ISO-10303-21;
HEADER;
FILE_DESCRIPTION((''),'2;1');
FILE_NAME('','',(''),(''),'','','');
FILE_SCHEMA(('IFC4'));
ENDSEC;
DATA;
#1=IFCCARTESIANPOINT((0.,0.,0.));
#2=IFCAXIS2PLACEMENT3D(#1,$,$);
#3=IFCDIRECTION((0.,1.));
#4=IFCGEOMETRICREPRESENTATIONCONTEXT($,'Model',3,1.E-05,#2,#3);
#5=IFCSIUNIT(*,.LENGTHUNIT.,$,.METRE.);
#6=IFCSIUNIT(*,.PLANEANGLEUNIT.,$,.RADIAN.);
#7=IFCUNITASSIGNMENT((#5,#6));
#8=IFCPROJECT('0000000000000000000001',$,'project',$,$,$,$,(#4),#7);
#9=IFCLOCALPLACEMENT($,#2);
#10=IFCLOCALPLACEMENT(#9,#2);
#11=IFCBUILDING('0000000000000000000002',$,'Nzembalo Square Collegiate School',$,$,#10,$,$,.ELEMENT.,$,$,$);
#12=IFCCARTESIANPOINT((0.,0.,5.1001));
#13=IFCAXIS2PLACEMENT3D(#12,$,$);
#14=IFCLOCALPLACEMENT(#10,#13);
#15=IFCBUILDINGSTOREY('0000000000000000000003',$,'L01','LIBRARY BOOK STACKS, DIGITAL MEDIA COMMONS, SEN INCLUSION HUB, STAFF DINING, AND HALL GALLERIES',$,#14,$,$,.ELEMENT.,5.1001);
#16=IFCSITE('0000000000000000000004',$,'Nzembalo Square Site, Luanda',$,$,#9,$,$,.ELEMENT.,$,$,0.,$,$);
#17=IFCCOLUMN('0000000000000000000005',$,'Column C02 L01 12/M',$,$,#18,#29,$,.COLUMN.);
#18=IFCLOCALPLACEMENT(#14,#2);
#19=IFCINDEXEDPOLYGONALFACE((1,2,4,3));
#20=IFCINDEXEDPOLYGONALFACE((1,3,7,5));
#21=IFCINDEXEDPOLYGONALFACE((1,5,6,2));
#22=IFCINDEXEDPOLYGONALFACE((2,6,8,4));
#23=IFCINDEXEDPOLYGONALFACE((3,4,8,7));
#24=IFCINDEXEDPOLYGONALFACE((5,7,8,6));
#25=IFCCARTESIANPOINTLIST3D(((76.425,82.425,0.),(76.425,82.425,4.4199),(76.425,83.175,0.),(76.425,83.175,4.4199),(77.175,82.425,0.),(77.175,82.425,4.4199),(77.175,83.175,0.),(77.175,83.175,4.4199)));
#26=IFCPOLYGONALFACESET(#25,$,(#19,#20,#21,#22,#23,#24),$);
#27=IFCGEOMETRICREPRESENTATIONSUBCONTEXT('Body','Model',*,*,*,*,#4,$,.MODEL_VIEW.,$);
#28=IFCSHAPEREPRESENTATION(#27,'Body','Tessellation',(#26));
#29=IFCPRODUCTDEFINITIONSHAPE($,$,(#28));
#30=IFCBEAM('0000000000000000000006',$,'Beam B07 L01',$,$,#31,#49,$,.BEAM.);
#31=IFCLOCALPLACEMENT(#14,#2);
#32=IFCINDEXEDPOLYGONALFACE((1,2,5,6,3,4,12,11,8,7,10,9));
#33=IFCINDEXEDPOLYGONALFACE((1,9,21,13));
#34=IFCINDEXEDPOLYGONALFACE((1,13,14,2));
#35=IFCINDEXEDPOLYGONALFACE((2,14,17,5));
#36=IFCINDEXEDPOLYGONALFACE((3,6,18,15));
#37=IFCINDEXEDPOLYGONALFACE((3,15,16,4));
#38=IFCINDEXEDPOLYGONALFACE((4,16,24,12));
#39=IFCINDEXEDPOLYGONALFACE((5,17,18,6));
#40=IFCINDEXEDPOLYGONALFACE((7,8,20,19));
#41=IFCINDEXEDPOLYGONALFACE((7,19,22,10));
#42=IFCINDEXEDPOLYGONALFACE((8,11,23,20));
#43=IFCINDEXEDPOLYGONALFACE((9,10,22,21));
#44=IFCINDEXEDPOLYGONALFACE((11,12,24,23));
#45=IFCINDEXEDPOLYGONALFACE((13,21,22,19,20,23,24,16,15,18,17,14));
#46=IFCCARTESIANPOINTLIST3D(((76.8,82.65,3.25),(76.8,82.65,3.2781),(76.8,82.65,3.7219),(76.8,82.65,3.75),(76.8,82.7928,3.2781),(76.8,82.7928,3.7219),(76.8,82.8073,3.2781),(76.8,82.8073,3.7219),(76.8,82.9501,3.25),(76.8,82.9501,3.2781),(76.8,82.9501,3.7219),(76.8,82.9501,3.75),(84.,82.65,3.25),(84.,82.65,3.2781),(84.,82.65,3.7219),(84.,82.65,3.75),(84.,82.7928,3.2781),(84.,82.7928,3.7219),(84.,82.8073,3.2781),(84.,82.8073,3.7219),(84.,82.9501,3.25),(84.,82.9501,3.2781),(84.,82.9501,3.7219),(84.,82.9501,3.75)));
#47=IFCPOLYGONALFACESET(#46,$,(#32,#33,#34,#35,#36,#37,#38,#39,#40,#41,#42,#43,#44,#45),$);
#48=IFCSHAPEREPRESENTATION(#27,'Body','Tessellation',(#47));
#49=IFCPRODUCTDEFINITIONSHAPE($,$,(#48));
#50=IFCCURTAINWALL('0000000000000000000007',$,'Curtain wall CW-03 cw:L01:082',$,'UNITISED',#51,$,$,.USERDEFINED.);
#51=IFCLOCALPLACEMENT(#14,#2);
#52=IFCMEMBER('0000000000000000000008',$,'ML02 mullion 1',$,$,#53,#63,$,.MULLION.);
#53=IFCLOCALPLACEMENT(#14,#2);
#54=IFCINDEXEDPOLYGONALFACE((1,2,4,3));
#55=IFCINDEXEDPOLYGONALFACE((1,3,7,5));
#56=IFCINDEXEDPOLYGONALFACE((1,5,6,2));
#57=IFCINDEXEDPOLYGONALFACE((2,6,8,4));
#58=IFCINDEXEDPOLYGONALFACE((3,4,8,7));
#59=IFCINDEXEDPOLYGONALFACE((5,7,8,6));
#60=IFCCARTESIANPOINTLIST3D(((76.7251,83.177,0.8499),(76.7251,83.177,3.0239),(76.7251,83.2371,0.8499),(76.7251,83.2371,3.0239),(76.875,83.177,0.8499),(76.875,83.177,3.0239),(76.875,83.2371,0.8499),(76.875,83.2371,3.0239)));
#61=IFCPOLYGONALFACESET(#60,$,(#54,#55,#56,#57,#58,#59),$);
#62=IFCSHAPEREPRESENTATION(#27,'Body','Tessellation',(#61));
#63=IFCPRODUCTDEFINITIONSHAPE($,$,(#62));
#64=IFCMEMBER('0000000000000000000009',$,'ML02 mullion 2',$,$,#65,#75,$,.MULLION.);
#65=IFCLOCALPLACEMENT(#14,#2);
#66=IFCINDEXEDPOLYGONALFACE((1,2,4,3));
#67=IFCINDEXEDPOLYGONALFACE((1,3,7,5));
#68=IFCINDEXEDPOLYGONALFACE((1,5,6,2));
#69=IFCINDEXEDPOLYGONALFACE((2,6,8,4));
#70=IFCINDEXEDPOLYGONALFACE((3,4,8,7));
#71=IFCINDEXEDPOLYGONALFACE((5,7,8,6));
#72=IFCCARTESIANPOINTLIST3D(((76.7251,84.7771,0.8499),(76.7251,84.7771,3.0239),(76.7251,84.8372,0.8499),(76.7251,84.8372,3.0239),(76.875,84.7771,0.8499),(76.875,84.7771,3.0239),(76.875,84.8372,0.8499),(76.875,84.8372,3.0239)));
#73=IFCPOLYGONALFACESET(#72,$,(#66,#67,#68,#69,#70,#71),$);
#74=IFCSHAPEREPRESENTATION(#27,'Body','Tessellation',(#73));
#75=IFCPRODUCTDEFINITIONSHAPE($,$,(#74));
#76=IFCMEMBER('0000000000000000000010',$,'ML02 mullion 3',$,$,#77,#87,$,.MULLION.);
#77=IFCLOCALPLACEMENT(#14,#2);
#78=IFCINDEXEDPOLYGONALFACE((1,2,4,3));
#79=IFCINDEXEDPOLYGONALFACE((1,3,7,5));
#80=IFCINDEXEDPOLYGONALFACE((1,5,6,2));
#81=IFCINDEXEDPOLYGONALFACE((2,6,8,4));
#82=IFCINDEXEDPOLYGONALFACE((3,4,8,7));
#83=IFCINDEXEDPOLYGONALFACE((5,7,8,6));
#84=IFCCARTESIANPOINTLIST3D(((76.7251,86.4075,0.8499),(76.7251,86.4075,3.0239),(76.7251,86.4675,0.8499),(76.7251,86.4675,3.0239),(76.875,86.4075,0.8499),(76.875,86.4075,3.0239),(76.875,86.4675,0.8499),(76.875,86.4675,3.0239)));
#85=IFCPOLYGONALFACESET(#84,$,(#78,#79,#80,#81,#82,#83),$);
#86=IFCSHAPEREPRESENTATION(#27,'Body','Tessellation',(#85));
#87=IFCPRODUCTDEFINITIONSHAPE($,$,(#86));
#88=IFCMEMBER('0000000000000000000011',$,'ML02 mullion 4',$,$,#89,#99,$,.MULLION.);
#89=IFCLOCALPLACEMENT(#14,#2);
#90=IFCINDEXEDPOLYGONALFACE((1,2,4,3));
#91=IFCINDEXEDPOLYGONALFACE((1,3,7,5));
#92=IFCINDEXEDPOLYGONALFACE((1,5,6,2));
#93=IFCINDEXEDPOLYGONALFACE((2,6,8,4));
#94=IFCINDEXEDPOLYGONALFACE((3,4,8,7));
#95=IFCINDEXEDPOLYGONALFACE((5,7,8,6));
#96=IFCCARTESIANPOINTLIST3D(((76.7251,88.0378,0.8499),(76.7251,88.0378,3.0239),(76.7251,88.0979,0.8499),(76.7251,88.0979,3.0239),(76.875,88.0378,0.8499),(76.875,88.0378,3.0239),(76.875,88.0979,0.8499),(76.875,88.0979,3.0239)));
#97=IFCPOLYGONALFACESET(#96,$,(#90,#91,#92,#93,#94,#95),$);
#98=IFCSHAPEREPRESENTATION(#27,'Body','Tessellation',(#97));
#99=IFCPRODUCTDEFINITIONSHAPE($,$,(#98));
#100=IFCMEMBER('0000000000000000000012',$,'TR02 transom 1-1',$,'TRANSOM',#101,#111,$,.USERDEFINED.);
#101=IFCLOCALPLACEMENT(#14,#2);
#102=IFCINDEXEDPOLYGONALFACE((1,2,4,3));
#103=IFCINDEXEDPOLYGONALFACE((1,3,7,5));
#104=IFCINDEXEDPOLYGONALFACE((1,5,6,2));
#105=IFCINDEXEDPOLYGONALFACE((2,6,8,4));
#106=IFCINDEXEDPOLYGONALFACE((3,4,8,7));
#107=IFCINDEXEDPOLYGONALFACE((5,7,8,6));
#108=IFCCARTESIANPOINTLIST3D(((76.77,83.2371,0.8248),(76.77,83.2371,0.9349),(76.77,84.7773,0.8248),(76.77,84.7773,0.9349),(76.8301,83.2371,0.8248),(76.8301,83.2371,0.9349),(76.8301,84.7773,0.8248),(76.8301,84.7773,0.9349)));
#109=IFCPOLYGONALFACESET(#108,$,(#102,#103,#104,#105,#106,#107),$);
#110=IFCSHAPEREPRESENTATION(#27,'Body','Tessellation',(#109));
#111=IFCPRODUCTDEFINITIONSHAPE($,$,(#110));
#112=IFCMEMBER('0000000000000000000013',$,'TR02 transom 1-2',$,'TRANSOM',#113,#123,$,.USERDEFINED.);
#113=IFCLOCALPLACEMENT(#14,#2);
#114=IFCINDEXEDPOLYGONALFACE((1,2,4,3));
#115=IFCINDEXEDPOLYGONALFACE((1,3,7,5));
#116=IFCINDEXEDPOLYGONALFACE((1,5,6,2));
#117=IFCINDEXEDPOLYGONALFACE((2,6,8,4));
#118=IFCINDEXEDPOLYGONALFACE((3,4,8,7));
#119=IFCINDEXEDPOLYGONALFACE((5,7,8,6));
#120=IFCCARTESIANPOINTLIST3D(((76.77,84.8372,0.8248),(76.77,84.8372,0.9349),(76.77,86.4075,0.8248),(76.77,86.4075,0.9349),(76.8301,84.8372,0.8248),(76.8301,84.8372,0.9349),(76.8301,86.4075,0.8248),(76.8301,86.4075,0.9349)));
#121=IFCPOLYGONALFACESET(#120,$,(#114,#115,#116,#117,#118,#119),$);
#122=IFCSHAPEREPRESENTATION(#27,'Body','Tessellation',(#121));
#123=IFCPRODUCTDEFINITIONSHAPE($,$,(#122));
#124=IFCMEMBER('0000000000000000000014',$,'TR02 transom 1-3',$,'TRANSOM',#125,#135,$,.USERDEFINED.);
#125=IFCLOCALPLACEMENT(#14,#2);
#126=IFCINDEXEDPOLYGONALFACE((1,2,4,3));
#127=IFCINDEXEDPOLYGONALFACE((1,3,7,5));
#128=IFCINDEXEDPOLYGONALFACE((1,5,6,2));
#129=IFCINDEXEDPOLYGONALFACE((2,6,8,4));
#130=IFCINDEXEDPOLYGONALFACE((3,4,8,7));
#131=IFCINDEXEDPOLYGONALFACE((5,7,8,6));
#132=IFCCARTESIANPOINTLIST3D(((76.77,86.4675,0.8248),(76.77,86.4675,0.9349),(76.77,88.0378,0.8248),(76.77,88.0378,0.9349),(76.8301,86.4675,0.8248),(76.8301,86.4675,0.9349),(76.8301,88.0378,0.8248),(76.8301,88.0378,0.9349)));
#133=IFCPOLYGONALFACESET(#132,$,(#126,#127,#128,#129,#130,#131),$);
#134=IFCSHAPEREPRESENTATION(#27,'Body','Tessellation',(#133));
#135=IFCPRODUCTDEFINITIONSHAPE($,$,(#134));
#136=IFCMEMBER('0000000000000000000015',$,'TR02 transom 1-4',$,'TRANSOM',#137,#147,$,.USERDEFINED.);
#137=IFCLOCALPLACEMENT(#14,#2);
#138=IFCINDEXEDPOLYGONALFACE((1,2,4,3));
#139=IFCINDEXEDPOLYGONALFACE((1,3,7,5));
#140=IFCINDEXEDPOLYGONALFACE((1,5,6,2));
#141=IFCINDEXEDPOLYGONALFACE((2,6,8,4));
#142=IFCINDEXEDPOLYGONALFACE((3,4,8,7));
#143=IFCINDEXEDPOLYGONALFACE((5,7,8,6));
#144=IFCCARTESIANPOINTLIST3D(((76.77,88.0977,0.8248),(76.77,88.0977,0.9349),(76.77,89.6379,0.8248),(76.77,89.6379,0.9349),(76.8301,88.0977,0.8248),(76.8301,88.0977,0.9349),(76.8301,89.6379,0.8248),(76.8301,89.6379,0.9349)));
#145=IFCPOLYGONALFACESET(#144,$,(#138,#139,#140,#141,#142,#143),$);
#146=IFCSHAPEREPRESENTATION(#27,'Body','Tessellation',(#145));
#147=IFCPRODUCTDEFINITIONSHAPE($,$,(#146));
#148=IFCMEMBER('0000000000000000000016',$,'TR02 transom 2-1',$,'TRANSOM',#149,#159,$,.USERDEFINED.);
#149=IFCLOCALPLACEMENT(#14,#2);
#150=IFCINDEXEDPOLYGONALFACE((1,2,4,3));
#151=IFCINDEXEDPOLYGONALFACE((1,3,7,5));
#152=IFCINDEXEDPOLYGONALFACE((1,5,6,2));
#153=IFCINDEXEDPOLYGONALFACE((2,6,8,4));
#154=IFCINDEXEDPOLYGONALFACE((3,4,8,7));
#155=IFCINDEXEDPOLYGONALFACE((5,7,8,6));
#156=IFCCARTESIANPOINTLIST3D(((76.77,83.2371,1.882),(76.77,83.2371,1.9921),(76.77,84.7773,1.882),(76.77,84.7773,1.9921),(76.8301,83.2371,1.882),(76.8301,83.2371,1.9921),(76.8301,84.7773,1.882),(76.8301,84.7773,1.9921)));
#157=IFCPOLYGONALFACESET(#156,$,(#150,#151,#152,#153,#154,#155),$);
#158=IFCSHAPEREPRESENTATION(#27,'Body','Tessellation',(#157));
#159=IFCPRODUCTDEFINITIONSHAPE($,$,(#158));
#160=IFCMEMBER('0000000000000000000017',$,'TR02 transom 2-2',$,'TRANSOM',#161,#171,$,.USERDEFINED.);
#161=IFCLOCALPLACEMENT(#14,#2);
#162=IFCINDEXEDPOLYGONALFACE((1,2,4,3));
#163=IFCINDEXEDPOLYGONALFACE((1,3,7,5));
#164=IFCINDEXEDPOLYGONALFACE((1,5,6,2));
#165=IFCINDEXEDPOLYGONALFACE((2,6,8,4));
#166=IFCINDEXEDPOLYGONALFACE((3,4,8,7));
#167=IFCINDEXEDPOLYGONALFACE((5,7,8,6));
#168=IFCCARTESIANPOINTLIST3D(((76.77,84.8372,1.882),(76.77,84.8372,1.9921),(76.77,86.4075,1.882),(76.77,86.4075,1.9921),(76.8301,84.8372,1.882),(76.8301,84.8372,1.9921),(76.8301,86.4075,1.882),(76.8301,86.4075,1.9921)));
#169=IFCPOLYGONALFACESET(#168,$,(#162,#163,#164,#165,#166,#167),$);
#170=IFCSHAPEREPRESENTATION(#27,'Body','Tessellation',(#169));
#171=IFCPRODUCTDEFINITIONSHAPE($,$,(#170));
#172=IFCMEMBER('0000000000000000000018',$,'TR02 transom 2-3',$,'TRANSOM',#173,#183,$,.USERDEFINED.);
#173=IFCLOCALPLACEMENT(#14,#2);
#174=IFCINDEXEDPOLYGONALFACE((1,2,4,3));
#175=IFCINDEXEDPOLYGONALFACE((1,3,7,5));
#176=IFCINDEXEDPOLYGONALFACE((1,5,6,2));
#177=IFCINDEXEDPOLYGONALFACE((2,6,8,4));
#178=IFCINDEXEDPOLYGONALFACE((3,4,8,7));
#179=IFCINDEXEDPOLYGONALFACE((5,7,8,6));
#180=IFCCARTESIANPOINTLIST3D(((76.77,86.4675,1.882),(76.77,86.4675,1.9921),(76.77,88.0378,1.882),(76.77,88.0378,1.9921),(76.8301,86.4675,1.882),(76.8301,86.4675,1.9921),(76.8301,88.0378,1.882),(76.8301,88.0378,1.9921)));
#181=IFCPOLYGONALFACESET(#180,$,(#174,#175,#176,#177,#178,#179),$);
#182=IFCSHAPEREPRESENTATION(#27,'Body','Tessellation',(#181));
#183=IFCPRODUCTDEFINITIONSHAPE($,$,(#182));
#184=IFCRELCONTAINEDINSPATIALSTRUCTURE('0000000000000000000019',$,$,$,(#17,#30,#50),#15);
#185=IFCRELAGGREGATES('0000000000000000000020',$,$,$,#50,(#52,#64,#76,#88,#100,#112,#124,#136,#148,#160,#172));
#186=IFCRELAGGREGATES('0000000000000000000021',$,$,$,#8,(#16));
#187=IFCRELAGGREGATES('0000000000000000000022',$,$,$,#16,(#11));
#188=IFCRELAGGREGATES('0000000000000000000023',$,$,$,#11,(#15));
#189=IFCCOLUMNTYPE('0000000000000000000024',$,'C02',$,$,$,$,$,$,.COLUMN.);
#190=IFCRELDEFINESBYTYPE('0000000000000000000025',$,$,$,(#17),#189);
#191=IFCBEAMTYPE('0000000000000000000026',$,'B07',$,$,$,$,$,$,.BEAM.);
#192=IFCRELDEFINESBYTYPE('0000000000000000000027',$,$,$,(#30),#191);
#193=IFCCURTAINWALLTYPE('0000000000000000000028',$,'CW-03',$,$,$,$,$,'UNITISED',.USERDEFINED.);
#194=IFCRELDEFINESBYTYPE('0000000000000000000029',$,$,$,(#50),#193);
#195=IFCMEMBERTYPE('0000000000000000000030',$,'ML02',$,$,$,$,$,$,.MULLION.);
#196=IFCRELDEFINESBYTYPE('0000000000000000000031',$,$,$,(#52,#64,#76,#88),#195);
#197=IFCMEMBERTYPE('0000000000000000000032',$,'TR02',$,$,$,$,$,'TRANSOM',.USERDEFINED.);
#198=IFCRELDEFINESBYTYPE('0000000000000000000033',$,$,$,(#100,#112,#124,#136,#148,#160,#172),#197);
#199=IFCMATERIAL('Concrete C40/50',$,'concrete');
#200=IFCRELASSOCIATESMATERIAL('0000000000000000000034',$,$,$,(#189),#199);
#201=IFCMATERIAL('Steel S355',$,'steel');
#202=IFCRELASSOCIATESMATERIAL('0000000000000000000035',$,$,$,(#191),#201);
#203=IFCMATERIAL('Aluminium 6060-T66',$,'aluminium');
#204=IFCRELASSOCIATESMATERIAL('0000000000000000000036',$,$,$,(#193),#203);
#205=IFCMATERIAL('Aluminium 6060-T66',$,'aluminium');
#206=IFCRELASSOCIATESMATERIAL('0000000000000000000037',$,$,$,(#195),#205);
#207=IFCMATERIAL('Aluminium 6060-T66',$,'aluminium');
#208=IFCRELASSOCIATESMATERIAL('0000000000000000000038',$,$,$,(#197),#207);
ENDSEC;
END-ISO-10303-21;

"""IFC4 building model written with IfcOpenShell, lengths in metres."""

from ifc_helpers import new_model, si_unit, direction, frame, origin, origin_2d, place, context, subcontext, project, spatial, rectangle, i_section, extrude, material, material_profile, profile_set, type_object, element, aggregate, save


model = new_model("IFC4")

# Units and contexts
model_context = context("Model", 3, precision=1e-05, world=origin(), true_north=direction((0.0, 1.0)))
body_context = subcontext(model_context, "Body", "Model", "MODEL_VIEW")
ifc_project = project(units=[si_unit("LENGTHUNIT", "METRE"), si_unit("PLANEANGLEUNIT", "RADIAN")], contexts=[model_context])

# Site, building, storey
site_placement = place(None, origin())
site = spatial("IfcSite", under=ifc_project, at=site_placement, Name="Nzembalo Square Site, Luanda", CompositionType="ELEMENT", RefElevation=0.0)
building_placement = place(site_placement, origin())
building = spatial("IfcBuilding", under=site, at=building_placement, Name="Nzembalo Square Collegiate School", CompositionType="ELEMENT")
storey_placement = place(building_placement, frame((0.0, 0.0, 5.1001)))
storey = spatial("IfcBuildingStorey", under=building, at=storey_placement, Name="L01", Description="LIBRARY BOOK STACKS, DIGITAL MEDIA COMMONS, SEN INCLUSION HUB, STAFF DINING, AND HALL GALLERIES", CompositionType="ELEMENT", Elevation=5.1001)

# Column
ifc_material_1 = material(Name="Concrete C40/50", Category="concrete")
ifc_material_profile_1 = material_profile(ifc_material_1, rectangle(XDim=0.75, YDim=0.75, at=origin_2d()), Name="RC 750x750")
ifc_profile_set_1 = profile_set([ifc_material_profile_1], Name="Concrete C40/50")
column_type = type_object("IfcColumnType", Name="C02", PredefinedType="COLUMN", material=ifc_profile_set_1)
column_placement = place(storey_placement, frame((76.8, 82.8, 0.0), z_axis=(0.0, 0.0, 1.0), x_axis=(1.0, 0.0, 0.0)))
element("IfcColumn", 1, at=column_placement, inside=storey, type_object=column_type, Name="Column C02 L01 12/M", PredefinedType="COLUMN", context=body_context, shape_type="SweptSolid", body=[
    extrude(rectangle(XDim=0.75, YDim=0.75, at=origin_2d()), origin(), (0.0, 0.0, 1.0), 4.4199),
])

# Beam
ifc_material_2 = material(Name="Steel S355", Category="steel")
ifc_material_profile_2 = material_profile(ifc_material_2, i_section(OverallWidth=0.3, OverallDepth=0.5, WebThickness=0.0144, FlangeThickness=0.0281, at=origin_2d()), Name="HEB 500")
ifc_profile_set_2 = profile_set([ifc_material_profile_2], Name="Steel S355")
beam_type = type_object("IfcBeamType", Name="B07", PredefinedType="BEAM", material=ifc_profile_set_2)
beam_placement = place(storey_placement, frame((76.8, 82.8, 3.5), z_axis=(1.0, 0.0, 0.0), x_axis=(0.0, 1.0, 0.0)))
element("IfcBeam", 2, at=beam_placement, inside=storey, type_object=beam_type, Name="Beam B07 L01", PredefinedType="BEAM", context=body_context, shape_type="SweptSolid", body=[
    extrude(i_section(OverallWidth=0.3, OverallDepth=0.5, WebThickness=0.0144, FlangeThickness=0.0281, at=origin_2d()), origin(), (0.0, 0.0, 1.0), 7.2),
])

# Curtain wall, members
ifc_material_3 = material(Name="Aluminium 6060-T66", Category="aluminium")
curtain_wall_type = type_object("IfcCurtainWallType", Name="CW-03", ElementType="UNITISED", PredefinedType="USERDEFINED", material=ifc_material_3)
curtain_wall_placement = place(storey_placement, origin())
curtain_wall = element("IfcCurtainWall", 3, at=curtain_wall_placement, inside=storey, type_object=curtain_wall_type, Name="Curtain wall CW-03 cw:L01:082", ObjectType="UNITISED", PredefinedType="USERDEFINED")
ifc_material_4 = material(Name="Aluminium 6060-T66", Category="aluminium")
ifc_material_profile_3 = material_profile(ifc_material_4, rectangle(XDim=0.0601, YDim=0.1499, at=origin_2d()), Name="ALU M60x150")
ifc_profile_set_3 = profile_set([ifc_material_profile_3], Name="Aluminium 6060-T66")
member_type_1 = type_object("IfcMemberType", Name="ML02", PredefinedType="MULLION", material=ifc_profile_set_3)
member_1_placement = place(storey_placement, frame((76.8, 83.207, 0.8499), z_axis=(0.0, 0.0, 1.0), x_axis=(0.0, 1.0, 0.0)))
member_1 = element("IfcMember", 4, at=member_1_placement, type_object=member_type_1, Name="ML02 mullion 1", PredefinedType="MULLION", context=body_context, shape_type="SweptSolid", body=[
    extrude(rectangle(XDim=0.0601, YDim=0.1499, at=origin_2d()), origin(), (0.0, 0.0, 1.0), 2.1741),
])
member_2_placement = place(storey_placement, frame((76.8, 84.8071, 0.8499), z_axis=(0.0, 0.0, 1.0), x_axis=(0.0, 1.0, 0.0)))
member_2 = element("IfcMember", 5, at=member_2_placement, type_object=member_type_1, Name="ML02 mullion 2", PredefinedType="MULLION", context=body_context, shape_type="SweptSolid", body=[
    extrude(rectangle(XDim=0.0601, YDim=0.1499, at=origin_2d()), origin(), (0.0, 0.0, 1.0), 2.1741),
])
member_3_placement = place(storey_placement, frame((76.8, 86.4375, 0.8499), z_axis=(0.0, 0.0, 1.0), x_axis=(0.0, 1.0, 0.0)))
member_3 = element("IfcMember", 6, at=member_3_placement, type_object=member_type_1, Name="ML02 mullion 3", PredefinedType="MULLION", context=body_context, shape_type="SweptSolid", body=[
    extrude(rectangle(XDim=0.0601, YDim=0.1499, at=origin_2d()), origin(), (0.0, 0.0, 1.0), 2.1741),
])
member_4_placement = place(storey_placement, frame((76.8, 88.0679, 0.8499), z_axis=(0.0, 0.0, 1.0), x_axis=(0.0, 1.0, 0.0)))
member_4 = element("IfcMember", 7, at=member_4_placement, type_object=member_type_1, Name="ML02 mullion 4", PredefinedType="MULLION", context=body_context, shape_type="SweptSolid", body=[
    extrude(rectangle(XDim=0.0601, YDim=0.1499, at=origin_2d()), origin(), (0.0, 0.0, 1.0), 2.1741),
])
ifc_material_5 = material(Name="Aluminium 6060-T66", Category="aluminium")
ifc_material_profile_4 = material_profile(ifc_material_5, rectangle(XDim=0.0601, YDim=0.1101, at=origin_2d()), Name="ALU T60x110")
ifc_profile_set_4 = profile_set([ifc_material_profile_4], Name="Aluminium 6060-T66")
member_type_2 = type_object("IfcMemberType", Name="TR02", ElementType="TRANSOM", PredefinedType="USERDEFINED", material=ifc_profile_set_4)
member_5_placement = place(storey_placement, frame((76.8, 83.2371, 0.8799), z_axis=(0.0, 1.0, 0.0), x_axis=(-1.0, 0.0, 0.0)))
member_5 = element("IfcMember", 8, at=member_5_placement, type_object=member_type_2, Name="TR02 transom 1-1", ObjectType="TRANSOM", PredefinedType="USERDEFINED", context=body_context, shape_type="SweptSolid", body=[
    extrude(rectangle(XDim=0.0601, YDim=0.1101, at=origin_2d()), origin(), (0.0, 0.0, 1.0), 1.5403),
])
member_6_placement = place(storey_placement, frame((76.8, 84.8372, 0.8799), z_axis=(0.0, 1.0, 0.0), x_axis=(-1.0, 0.0, 0.0)))
member_6 = element("IfcMember", 9, at=member_6_placement, type_object=member_type_2, Name="TR02 transom 1-2", ObjectType="TRANSOM", PredefinedType="USERDEFINED", context=body_context, shape_type="SweptSolid", body=[
    extrude(rectangle(XDim=0.0601, YDim=0.1101, at=origin_2d()), origin(), (0.0, 0.0, 1.0), 1.5703),
])
member_7_placement = place(storey_placement, frame((76.8, 86.4675, 0.8799), z_axis=(0.0, 1.0, 0.0), x_axis=(-1.0, 0.0, 0.0)))
member_7 = element("IfcMember", 10, at=member_7_placement, type_object=member_type_2, Name="TR02 transom 1-3", ObjectType="TRANSOM", PredefinedType="USERDEFINED", context=body_context, shape_type="SweptSolid", body=[
    extrude(rectangle(XDim=0.0601, YDim=0.1101, at=origin_2d()), origin(), (0.0, 0.0, 1.0), 1.5703),
])
member_8_placement = place(storey_placement, frame((76.8, 88.0977, 0.8799), z_axis=(0.0, 1.0, 0.0), x_axis=(-1.0, 0.0, 0.0)))
member_8 = element("IfcMember", 11, at=member_8_placement, type_object=member_type_2, Name="TR02 transom 1-4", ObjectType="TRANSOM", PredefinedType="USERDEFINED", context=body_context, shape_type="SweptSolid", body=[
    extrude(rectangle(XDim=0.0601, YDim=0.1101, at=origin_2d()), origin(), (0.0, 0.0, 1.0), 1.5403),
])
member_9_placement = place(storey_placement, frame((76.8, 83.2371, 1.937), z_axis=(0.0, 1.0, 0.0), x_axis=(-1.0, 0.0, 0.0)))
member_9 = element("IfcMember", 12, at=member_9_placement, type_object=member_type_2, Name="TR02 transom 2-1", ObjectType="TRANSOM", PredefinedType="USERDEFINED", context=body_context, shape_type="SweptSolid", body=[
    extrude(rectangle(XDim=0.0601, YDim=0.1101, at=origin_2d()), origin(), (0.0, 0.0, 1.0), 1.5403),
])
member_10_placement = place(storey_placement, frame((76.8, 84.8372, 1.937), z_axis=(0.0, 1.0, 0.0), x_axis=(-1.0, 0.0, 0.0)))
member_10 = element("IfcMember", 13, at=member_10_placement, type_object=member_type_2, Name="TR02 transom 2-2", ObjectType="TRANSOM", PredefinedType="USERDEFINED", context=body_context, shape_type="SweptSolid", body=[
    extrude(rectangle(XDim=0.0601, YDim=0.1101, at=origin_2d()), origin(), (0.0, 0.0, 1.0), 1.5703),
])
member_11_placement = place(storey_placement, frame((76.8, 86.4675, 1.937), z_axis=(0.0, 1.0, 0.0), x_axis=(-1.0, 0.0, 0.0)))
member_11 = element("IfcMember", 14, at=member_11_placement, type_object=member_type_2, Name="TR02 transom 2-3", ObjectType="TRANSOM", PredefinedType="USERDEFINED", context=body_context, shape_type="SweptSolid", body=[
    extrude(rectangle(XDim=0.0601, YDim=0.1101, at=origin_2d()), origin(), (0.0, 0.0, 1.0), 1.5703),
])
aggregate(curtain_wall, [member_1, member_2, member_3, member_4, member_5, member_6, member_7, member_8, member_9, member_10, member_11])

save(model, "model.ifc")
